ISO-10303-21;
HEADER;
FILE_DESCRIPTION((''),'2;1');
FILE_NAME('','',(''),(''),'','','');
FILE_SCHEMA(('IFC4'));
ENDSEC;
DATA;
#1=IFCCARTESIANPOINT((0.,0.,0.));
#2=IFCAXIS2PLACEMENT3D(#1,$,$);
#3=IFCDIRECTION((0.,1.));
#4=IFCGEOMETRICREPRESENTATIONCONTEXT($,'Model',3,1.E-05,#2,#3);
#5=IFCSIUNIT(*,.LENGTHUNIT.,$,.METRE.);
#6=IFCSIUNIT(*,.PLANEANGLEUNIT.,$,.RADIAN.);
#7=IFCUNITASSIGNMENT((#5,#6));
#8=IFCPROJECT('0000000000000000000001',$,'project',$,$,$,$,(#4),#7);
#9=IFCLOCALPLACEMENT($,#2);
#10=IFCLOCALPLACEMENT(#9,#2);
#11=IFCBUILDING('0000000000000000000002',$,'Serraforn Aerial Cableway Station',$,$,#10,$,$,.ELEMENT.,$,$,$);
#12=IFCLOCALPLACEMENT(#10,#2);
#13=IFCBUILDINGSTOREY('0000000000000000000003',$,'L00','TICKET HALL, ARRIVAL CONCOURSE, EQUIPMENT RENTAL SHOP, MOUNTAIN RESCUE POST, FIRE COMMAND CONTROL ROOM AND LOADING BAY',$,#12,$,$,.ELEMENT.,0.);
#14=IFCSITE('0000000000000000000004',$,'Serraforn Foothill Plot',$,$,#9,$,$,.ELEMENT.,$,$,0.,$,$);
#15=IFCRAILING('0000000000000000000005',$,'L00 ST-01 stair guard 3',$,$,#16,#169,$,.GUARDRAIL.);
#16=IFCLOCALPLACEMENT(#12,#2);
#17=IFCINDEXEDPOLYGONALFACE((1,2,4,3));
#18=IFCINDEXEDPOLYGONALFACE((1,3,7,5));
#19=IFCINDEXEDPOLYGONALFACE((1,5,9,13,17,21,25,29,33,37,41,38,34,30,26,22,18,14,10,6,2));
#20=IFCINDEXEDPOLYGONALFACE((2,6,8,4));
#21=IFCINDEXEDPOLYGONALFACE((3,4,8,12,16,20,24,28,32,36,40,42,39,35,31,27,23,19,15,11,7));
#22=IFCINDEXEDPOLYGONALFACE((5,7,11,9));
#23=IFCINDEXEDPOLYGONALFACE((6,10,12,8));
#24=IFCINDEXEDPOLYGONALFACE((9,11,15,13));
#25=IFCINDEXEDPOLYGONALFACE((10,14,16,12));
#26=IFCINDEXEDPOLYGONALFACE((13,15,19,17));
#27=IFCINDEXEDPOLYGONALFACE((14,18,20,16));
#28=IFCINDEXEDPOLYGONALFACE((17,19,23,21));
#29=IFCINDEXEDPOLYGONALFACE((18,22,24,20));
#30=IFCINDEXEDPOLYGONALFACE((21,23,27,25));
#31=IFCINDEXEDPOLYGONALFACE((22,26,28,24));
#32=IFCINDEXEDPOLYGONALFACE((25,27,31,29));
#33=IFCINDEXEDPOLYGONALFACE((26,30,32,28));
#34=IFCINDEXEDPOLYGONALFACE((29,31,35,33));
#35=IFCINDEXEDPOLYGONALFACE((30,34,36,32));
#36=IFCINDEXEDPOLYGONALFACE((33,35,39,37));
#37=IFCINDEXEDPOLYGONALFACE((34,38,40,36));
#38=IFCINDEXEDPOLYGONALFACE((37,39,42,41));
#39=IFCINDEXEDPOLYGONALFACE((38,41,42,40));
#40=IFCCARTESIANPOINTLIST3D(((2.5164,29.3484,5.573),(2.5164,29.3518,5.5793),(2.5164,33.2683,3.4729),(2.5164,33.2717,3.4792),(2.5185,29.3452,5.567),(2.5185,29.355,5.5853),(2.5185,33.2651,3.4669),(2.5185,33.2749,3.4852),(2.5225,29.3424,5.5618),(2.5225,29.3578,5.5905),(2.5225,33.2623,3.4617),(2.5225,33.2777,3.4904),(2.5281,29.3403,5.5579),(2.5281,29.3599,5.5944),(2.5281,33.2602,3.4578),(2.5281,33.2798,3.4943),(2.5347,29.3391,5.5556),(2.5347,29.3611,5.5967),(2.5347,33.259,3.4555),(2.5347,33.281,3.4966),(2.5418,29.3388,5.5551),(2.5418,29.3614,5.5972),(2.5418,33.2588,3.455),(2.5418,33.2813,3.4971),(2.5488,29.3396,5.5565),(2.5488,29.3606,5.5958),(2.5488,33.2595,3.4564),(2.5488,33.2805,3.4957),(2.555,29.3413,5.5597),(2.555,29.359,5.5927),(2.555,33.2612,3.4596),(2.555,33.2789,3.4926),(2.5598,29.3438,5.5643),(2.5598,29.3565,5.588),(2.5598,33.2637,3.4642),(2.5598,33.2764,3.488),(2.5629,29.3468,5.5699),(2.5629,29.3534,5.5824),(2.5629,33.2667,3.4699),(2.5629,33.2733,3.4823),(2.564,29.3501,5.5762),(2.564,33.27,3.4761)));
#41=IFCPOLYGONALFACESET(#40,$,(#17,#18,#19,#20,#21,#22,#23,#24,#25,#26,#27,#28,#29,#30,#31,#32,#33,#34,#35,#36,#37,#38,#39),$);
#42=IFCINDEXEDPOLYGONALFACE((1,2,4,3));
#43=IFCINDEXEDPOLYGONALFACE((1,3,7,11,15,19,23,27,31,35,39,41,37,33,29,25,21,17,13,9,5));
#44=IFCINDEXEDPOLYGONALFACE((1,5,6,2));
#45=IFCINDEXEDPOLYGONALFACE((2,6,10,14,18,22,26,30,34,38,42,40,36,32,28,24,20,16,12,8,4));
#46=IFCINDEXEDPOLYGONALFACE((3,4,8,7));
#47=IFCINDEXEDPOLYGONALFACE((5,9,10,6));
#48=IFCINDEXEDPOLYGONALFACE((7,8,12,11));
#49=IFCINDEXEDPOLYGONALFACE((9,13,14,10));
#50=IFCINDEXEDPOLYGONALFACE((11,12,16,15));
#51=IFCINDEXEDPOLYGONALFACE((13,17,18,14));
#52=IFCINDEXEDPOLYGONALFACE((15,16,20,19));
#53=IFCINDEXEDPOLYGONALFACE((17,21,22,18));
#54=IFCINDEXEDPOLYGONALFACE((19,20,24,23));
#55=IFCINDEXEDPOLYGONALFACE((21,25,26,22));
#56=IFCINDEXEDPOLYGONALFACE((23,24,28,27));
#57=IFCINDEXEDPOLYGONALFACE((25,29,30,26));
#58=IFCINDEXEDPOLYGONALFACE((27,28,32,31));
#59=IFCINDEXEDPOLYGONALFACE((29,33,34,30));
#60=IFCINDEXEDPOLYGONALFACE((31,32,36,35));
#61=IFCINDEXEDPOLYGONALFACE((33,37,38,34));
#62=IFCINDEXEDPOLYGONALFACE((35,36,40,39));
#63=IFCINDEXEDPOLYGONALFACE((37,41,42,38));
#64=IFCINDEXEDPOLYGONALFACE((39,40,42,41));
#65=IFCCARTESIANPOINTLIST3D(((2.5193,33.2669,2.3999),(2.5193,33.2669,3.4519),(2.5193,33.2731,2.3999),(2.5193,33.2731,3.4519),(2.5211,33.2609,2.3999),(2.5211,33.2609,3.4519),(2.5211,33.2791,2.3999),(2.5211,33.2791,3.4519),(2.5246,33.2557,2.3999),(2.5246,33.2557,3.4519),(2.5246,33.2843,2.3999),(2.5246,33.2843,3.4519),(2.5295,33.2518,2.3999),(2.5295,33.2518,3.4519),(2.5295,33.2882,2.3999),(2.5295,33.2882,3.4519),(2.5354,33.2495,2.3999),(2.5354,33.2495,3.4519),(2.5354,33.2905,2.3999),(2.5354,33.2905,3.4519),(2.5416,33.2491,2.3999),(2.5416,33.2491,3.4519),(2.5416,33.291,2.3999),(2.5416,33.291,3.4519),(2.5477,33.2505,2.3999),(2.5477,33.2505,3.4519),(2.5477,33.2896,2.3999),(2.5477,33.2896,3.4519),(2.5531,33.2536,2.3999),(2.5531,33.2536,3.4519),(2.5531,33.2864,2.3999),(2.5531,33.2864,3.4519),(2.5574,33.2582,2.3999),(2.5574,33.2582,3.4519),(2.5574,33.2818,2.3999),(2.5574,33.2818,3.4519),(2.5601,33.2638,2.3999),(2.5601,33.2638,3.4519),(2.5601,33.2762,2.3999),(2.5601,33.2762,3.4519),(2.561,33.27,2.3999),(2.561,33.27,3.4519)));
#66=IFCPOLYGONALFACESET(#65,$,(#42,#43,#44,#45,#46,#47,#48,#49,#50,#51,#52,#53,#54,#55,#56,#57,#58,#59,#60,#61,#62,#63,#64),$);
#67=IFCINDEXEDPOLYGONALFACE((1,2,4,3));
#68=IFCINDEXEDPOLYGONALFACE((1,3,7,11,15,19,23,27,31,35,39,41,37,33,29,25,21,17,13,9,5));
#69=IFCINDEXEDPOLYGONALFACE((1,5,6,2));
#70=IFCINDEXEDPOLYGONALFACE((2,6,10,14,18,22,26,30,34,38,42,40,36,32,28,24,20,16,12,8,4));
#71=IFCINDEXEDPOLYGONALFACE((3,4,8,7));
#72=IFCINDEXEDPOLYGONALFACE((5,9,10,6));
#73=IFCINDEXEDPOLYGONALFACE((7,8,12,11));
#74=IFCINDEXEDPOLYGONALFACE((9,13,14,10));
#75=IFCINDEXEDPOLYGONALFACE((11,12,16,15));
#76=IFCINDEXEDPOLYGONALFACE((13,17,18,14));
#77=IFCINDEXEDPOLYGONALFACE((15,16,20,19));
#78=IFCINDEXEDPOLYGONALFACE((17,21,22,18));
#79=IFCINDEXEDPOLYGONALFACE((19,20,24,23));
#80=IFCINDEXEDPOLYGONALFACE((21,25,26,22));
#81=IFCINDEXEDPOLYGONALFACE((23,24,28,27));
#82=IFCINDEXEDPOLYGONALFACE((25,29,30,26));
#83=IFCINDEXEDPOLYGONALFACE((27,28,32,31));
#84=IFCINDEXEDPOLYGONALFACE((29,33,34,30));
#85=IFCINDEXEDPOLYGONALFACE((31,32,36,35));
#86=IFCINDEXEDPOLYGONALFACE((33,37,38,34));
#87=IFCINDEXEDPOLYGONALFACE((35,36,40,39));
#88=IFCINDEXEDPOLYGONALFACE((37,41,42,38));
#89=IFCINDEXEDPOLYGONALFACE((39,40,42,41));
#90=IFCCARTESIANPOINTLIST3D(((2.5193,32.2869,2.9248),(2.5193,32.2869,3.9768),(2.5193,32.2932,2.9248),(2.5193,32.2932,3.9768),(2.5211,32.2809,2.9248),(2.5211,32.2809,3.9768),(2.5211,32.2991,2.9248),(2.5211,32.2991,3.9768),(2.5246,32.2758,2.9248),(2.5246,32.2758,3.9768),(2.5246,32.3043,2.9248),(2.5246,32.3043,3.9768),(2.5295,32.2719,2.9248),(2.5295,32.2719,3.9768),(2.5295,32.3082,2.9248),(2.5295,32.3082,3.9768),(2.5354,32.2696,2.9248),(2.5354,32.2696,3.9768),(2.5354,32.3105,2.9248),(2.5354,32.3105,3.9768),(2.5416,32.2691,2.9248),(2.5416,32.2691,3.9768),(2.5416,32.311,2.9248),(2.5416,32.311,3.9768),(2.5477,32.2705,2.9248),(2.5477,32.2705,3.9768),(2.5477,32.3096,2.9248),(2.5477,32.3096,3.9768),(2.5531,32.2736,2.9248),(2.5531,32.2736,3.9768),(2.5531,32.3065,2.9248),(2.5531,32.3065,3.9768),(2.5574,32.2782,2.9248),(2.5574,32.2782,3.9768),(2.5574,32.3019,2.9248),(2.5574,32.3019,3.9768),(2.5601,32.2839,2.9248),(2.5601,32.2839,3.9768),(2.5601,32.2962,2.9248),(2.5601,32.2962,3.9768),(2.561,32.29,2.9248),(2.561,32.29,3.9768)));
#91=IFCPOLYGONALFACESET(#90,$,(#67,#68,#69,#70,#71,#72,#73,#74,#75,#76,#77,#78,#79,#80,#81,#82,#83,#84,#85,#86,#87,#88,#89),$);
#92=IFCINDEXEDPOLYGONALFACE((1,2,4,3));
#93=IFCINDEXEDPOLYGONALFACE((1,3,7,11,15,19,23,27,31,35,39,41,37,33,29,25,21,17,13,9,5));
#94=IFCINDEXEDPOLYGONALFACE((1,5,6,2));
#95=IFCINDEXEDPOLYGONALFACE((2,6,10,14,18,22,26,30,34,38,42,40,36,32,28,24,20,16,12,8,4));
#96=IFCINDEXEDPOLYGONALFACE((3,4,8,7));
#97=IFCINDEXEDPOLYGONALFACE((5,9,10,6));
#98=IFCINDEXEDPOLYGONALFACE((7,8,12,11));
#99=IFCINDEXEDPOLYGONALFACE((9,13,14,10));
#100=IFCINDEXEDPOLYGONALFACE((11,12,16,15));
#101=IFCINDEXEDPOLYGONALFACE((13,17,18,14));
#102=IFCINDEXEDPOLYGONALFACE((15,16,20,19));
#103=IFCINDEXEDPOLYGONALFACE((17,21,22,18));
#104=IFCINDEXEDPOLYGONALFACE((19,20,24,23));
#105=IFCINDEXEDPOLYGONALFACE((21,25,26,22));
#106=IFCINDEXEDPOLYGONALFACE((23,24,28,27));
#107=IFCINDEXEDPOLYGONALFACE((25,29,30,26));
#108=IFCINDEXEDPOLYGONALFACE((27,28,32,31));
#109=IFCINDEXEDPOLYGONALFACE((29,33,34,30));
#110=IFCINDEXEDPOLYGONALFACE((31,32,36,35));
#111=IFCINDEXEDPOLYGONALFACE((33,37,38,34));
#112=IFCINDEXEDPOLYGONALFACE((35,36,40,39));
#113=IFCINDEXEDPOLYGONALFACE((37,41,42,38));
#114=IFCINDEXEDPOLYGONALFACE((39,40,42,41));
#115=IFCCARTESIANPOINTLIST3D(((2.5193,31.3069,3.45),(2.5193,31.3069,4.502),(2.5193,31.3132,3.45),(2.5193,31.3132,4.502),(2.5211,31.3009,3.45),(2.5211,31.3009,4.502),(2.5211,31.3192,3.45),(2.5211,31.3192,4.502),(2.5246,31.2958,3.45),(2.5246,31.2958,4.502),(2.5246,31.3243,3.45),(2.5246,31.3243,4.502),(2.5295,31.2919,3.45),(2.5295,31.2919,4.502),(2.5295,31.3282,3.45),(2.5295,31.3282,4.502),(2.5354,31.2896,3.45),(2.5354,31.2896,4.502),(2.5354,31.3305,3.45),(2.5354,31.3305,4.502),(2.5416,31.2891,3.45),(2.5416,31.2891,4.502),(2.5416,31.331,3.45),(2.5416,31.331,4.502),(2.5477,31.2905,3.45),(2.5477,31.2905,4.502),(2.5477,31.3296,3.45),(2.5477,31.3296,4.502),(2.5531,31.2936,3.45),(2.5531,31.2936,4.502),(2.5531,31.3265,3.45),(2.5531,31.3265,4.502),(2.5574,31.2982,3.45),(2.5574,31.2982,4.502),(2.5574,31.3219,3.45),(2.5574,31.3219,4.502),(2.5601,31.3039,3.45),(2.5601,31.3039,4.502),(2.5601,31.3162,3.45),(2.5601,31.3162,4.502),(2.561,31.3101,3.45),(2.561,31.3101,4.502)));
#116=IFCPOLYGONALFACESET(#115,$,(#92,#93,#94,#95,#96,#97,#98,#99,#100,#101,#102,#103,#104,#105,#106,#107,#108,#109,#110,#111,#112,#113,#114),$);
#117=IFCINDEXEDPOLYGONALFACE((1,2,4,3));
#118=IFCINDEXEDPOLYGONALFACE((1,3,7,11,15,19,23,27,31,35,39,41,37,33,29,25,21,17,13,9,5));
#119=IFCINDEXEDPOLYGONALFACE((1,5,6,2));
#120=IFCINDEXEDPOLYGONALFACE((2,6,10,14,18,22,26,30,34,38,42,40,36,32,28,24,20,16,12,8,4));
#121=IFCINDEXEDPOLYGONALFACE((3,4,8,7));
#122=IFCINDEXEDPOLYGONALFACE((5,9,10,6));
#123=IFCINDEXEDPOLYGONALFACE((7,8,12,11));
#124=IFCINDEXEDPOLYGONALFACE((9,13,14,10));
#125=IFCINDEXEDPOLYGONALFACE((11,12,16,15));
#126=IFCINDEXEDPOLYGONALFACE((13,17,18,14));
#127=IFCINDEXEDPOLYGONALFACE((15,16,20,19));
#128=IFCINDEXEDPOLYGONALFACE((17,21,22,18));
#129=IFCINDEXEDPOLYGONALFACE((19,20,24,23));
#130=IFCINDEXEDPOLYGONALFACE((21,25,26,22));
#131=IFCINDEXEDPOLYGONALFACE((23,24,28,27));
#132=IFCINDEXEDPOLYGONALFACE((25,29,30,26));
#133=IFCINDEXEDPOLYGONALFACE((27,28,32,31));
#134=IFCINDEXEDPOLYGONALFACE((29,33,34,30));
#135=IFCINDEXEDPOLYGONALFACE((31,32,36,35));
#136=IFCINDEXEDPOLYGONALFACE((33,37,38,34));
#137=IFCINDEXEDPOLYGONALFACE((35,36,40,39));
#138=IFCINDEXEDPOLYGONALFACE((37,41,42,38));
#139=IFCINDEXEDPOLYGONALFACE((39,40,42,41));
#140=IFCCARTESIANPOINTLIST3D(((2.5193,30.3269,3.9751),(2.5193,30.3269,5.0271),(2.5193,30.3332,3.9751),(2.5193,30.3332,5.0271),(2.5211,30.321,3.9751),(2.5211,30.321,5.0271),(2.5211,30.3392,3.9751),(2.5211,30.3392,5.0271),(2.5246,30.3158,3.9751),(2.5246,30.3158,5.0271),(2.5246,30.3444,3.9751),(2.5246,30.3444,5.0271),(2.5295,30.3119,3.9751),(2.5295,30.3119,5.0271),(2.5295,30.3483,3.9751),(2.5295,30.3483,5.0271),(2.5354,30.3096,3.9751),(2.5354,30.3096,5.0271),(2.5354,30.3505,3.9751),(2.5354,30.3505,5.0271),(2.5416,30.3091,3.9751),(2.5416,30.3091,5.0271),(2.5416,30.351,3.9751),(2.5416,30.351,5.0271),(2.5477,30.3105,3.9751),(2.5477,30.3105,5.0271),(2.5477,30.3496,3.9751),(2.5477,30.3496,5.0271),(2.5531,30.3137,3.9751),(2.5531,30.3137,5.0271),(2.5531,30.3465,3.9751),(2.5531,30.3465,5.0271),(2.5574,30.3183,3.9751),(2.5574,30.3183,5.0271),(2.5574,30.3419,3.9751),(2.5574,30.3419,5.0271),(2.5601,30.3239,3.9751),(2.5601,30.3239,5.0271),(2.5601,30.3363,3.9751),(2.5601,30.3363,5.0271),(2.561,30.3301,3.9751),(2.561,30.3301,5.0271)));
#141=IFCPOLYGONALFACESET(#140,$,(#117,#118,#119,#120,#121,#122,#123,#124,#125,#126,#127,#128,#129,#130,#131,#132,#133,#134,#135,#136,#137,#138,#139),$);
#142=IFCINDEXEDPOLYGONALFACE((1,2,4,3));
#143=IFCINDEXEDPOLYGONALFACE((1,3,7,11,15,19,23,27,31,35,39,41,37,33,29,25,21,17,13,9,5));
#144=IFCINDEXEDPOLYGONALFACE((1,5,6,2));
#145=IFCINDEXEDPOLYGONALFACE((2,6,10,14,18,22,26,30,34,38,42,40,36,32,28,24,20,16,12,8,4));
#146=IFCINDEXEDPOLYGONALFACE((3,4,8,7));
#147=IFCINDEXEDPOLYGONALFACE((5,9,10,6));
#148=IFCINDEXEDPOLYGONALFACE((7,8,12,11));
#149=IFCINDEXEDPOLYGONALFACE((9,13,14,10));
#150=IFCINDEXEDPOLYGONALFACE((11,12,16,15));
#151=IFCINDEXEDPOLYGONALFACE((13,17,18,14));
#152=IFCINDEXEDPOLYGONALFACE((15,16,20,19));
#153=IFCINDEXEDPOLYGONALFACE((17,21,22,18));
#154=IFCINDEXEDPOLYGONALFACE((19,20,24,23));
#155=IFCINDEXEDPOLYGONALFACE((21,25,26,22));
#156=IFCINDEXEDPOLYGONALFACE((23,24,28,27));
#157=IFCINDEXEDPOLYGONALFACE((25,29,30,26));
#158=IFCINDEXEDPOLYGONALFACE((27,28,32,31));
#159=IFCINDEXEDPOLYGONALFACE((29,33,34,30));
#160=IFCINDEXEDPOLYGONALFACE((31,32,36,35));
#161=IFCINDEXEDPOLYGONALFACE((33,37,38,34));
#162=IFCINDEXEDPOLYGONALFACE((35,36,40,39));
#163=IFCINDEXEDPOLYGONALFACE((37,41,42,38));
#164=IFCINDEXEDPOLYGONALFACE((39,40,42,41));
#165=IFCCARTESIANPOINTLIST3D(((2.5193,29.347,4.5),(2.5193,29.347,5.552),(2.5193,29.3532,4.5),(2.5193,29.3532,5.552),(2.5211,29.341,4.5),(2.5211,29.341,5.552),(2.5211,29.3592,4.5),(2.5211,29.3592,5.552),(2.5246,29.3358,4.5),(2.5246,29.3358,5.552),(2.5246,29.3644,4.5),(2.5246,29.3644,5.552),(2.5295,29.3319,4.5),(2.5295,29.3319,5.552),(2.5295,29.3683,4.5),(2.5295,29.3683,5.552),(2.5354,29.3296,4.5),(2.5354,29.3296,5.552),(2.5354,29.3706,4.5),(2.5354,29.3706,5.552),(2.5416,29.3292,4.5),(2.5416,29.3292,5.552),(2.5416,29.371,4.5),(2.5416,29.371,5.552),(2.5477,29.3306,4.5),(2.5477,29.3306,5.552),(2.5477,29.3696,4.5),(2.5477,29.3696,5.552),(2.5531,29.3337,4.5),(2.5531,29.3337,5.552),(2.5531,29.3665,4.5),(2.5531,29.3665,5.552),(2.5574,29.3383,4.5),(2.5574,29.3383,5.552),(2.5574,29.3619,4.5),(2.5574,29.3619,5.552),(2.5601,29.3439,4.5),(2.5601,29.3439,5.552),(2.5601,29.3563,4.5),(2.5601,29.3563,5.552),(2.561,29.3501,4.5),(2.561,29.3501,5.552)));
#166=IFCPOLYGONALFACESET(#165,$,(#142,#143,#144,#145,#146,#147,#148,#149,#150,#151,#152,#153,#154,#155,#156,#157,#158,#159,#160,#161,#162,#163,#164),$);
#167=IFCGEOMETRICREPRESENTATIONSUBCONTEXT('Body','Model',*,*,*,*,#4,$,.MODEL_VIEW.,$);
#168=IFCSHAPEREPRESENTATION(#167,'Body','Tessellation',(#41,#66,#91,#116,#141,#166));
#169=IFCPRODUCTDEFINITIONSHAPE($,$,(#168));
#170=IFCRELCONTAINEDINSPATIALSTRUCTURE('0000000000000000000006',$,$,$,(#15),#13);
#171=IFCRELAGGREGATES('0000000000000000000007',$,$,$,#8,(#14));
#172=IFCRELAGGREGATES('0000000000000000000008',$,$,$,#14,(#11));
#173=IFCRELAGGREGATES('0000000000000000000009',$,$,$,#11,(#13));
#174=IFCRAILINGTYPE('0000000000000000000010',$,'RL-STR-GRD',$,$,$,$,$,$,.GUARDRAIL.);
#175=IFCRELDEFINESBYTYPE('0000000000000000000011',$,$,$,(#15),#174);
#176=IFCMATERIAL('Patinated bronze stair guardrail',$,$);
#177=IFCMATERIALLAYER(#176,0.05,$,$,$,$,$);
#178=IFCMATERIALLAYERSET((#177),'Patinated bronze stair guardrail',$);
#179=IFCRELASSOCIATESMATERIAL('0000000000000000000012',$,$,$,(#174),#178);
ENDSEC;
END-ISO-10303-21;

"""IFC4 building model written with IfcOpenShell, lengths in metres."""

from ifc_helpers import new_model, si_unit, direction, frame, origin, origin_2d, place, context, subcontext, project, spatial, circle, extrude, material, layer, layer_set, type_object, element, save


model = new_model("IFC4")

# Units and contexts
model_context = context("Model", 3, precision=1e-05, world=origin(), true_north=direction((0.0, 1.0)))
body_context = subcontext(model_context, "Body", "Model", "MODEL_VIEW")
ifc_project = project(units=[si_unit("LENGTHUNIT", "METRE"), si_unit("PLANEANGLEUNIT", "RADIAN")], contexts=[model_context])

# Site, building, storey
site_placement = place(None, origin())
site = spatial("IfcSite", under=ifc_project, at=site_placement, Name="Serraforn Foothill Plot", CompositionType="ELEMENT", RefElevation=0.0)
building_placement = place(site_placement, origin())
building = spatial("IfcBuilding", under=site, at=building_placement, Name="Serraforn Aerial Cableway Station", CompositionType="ELEMENT")
storey_placement = place(building_placement, origin())
storey = spatial("IfcBuildingStorey", under=building, at=storey_placement, Name="L00", Description="TICKET HALL, ARRIVAL CONCOURSE, EQUIPMENT RENTAL SHOP, MOUNTAIN RESCUE POST, FIRE COMMAND CONTROL ROOM AND LOADING BAY", CompositionType="ELEMENT", Elevation=0.0)

# Railing
ifc_material_1 = material(Name="Patinated bronze stair guardrail")
ifc_layer_1 = layer(ifc_material_1, 0.05)
ifc_layer_set_1 = layer_set([ifc_layer_1], Name="Patinated bronze stair guardrail")
railing_type_1 = type_object("IfcRailingType", Name="RL-STR-GRD", PredefinedType="GUARDRAIL", material=ifc_layer_set_1)
railing_1_placement = place(storey_placement, frame((2.54, 33.27, 2.3999)))
element("IfcRailing", 1, at=railing_1_placement, inside=storey, type_object=railing_type_1, Name="L00 ST-01 stair guard 3", PredefinedType="GUARDRAIL", context=body_context, shape_type="SweptSolid", body=[
    extrude(circle(Radius=0.0239, at=origin_2d()), frame((0.0, 0.0, 1.0762), z_axis=(0.0, -0.881467, 0.472246), x_axis=(1.0, 0.0, 0.0)), (0.0, 0.0, 1.0), 4.447),
    extrude(circle(Radius=0.021, at=origin_2d()), origin(), (0.0, 0.0, 1.0), 1.052),
    extrude(circle(Radius=0.021, at=origin_2d()), frame((0.0, -0.98, 0.5249)), (0.0, 0.0, 1.0), 1.052),
    extrude(circle(Radius=0.021, at=origin_2d()), frame((0.0, -1.96, 1.05)), (0.0, 0.0, 1.0), 1.052),
    extrude(circle(Radius=0.021, at=origin_2d()), frame((0.0, -2.9399, 1.5752)), (0.0, 0.0, 1.0), 1.052),
    extrude(circle(Radius=0.021, at=origin_2d()), frame((0.0, -3.9199, 2.1001)), (0.0, 0.0, 1.0), 1.052),
])

save(model, "model.ifc")
